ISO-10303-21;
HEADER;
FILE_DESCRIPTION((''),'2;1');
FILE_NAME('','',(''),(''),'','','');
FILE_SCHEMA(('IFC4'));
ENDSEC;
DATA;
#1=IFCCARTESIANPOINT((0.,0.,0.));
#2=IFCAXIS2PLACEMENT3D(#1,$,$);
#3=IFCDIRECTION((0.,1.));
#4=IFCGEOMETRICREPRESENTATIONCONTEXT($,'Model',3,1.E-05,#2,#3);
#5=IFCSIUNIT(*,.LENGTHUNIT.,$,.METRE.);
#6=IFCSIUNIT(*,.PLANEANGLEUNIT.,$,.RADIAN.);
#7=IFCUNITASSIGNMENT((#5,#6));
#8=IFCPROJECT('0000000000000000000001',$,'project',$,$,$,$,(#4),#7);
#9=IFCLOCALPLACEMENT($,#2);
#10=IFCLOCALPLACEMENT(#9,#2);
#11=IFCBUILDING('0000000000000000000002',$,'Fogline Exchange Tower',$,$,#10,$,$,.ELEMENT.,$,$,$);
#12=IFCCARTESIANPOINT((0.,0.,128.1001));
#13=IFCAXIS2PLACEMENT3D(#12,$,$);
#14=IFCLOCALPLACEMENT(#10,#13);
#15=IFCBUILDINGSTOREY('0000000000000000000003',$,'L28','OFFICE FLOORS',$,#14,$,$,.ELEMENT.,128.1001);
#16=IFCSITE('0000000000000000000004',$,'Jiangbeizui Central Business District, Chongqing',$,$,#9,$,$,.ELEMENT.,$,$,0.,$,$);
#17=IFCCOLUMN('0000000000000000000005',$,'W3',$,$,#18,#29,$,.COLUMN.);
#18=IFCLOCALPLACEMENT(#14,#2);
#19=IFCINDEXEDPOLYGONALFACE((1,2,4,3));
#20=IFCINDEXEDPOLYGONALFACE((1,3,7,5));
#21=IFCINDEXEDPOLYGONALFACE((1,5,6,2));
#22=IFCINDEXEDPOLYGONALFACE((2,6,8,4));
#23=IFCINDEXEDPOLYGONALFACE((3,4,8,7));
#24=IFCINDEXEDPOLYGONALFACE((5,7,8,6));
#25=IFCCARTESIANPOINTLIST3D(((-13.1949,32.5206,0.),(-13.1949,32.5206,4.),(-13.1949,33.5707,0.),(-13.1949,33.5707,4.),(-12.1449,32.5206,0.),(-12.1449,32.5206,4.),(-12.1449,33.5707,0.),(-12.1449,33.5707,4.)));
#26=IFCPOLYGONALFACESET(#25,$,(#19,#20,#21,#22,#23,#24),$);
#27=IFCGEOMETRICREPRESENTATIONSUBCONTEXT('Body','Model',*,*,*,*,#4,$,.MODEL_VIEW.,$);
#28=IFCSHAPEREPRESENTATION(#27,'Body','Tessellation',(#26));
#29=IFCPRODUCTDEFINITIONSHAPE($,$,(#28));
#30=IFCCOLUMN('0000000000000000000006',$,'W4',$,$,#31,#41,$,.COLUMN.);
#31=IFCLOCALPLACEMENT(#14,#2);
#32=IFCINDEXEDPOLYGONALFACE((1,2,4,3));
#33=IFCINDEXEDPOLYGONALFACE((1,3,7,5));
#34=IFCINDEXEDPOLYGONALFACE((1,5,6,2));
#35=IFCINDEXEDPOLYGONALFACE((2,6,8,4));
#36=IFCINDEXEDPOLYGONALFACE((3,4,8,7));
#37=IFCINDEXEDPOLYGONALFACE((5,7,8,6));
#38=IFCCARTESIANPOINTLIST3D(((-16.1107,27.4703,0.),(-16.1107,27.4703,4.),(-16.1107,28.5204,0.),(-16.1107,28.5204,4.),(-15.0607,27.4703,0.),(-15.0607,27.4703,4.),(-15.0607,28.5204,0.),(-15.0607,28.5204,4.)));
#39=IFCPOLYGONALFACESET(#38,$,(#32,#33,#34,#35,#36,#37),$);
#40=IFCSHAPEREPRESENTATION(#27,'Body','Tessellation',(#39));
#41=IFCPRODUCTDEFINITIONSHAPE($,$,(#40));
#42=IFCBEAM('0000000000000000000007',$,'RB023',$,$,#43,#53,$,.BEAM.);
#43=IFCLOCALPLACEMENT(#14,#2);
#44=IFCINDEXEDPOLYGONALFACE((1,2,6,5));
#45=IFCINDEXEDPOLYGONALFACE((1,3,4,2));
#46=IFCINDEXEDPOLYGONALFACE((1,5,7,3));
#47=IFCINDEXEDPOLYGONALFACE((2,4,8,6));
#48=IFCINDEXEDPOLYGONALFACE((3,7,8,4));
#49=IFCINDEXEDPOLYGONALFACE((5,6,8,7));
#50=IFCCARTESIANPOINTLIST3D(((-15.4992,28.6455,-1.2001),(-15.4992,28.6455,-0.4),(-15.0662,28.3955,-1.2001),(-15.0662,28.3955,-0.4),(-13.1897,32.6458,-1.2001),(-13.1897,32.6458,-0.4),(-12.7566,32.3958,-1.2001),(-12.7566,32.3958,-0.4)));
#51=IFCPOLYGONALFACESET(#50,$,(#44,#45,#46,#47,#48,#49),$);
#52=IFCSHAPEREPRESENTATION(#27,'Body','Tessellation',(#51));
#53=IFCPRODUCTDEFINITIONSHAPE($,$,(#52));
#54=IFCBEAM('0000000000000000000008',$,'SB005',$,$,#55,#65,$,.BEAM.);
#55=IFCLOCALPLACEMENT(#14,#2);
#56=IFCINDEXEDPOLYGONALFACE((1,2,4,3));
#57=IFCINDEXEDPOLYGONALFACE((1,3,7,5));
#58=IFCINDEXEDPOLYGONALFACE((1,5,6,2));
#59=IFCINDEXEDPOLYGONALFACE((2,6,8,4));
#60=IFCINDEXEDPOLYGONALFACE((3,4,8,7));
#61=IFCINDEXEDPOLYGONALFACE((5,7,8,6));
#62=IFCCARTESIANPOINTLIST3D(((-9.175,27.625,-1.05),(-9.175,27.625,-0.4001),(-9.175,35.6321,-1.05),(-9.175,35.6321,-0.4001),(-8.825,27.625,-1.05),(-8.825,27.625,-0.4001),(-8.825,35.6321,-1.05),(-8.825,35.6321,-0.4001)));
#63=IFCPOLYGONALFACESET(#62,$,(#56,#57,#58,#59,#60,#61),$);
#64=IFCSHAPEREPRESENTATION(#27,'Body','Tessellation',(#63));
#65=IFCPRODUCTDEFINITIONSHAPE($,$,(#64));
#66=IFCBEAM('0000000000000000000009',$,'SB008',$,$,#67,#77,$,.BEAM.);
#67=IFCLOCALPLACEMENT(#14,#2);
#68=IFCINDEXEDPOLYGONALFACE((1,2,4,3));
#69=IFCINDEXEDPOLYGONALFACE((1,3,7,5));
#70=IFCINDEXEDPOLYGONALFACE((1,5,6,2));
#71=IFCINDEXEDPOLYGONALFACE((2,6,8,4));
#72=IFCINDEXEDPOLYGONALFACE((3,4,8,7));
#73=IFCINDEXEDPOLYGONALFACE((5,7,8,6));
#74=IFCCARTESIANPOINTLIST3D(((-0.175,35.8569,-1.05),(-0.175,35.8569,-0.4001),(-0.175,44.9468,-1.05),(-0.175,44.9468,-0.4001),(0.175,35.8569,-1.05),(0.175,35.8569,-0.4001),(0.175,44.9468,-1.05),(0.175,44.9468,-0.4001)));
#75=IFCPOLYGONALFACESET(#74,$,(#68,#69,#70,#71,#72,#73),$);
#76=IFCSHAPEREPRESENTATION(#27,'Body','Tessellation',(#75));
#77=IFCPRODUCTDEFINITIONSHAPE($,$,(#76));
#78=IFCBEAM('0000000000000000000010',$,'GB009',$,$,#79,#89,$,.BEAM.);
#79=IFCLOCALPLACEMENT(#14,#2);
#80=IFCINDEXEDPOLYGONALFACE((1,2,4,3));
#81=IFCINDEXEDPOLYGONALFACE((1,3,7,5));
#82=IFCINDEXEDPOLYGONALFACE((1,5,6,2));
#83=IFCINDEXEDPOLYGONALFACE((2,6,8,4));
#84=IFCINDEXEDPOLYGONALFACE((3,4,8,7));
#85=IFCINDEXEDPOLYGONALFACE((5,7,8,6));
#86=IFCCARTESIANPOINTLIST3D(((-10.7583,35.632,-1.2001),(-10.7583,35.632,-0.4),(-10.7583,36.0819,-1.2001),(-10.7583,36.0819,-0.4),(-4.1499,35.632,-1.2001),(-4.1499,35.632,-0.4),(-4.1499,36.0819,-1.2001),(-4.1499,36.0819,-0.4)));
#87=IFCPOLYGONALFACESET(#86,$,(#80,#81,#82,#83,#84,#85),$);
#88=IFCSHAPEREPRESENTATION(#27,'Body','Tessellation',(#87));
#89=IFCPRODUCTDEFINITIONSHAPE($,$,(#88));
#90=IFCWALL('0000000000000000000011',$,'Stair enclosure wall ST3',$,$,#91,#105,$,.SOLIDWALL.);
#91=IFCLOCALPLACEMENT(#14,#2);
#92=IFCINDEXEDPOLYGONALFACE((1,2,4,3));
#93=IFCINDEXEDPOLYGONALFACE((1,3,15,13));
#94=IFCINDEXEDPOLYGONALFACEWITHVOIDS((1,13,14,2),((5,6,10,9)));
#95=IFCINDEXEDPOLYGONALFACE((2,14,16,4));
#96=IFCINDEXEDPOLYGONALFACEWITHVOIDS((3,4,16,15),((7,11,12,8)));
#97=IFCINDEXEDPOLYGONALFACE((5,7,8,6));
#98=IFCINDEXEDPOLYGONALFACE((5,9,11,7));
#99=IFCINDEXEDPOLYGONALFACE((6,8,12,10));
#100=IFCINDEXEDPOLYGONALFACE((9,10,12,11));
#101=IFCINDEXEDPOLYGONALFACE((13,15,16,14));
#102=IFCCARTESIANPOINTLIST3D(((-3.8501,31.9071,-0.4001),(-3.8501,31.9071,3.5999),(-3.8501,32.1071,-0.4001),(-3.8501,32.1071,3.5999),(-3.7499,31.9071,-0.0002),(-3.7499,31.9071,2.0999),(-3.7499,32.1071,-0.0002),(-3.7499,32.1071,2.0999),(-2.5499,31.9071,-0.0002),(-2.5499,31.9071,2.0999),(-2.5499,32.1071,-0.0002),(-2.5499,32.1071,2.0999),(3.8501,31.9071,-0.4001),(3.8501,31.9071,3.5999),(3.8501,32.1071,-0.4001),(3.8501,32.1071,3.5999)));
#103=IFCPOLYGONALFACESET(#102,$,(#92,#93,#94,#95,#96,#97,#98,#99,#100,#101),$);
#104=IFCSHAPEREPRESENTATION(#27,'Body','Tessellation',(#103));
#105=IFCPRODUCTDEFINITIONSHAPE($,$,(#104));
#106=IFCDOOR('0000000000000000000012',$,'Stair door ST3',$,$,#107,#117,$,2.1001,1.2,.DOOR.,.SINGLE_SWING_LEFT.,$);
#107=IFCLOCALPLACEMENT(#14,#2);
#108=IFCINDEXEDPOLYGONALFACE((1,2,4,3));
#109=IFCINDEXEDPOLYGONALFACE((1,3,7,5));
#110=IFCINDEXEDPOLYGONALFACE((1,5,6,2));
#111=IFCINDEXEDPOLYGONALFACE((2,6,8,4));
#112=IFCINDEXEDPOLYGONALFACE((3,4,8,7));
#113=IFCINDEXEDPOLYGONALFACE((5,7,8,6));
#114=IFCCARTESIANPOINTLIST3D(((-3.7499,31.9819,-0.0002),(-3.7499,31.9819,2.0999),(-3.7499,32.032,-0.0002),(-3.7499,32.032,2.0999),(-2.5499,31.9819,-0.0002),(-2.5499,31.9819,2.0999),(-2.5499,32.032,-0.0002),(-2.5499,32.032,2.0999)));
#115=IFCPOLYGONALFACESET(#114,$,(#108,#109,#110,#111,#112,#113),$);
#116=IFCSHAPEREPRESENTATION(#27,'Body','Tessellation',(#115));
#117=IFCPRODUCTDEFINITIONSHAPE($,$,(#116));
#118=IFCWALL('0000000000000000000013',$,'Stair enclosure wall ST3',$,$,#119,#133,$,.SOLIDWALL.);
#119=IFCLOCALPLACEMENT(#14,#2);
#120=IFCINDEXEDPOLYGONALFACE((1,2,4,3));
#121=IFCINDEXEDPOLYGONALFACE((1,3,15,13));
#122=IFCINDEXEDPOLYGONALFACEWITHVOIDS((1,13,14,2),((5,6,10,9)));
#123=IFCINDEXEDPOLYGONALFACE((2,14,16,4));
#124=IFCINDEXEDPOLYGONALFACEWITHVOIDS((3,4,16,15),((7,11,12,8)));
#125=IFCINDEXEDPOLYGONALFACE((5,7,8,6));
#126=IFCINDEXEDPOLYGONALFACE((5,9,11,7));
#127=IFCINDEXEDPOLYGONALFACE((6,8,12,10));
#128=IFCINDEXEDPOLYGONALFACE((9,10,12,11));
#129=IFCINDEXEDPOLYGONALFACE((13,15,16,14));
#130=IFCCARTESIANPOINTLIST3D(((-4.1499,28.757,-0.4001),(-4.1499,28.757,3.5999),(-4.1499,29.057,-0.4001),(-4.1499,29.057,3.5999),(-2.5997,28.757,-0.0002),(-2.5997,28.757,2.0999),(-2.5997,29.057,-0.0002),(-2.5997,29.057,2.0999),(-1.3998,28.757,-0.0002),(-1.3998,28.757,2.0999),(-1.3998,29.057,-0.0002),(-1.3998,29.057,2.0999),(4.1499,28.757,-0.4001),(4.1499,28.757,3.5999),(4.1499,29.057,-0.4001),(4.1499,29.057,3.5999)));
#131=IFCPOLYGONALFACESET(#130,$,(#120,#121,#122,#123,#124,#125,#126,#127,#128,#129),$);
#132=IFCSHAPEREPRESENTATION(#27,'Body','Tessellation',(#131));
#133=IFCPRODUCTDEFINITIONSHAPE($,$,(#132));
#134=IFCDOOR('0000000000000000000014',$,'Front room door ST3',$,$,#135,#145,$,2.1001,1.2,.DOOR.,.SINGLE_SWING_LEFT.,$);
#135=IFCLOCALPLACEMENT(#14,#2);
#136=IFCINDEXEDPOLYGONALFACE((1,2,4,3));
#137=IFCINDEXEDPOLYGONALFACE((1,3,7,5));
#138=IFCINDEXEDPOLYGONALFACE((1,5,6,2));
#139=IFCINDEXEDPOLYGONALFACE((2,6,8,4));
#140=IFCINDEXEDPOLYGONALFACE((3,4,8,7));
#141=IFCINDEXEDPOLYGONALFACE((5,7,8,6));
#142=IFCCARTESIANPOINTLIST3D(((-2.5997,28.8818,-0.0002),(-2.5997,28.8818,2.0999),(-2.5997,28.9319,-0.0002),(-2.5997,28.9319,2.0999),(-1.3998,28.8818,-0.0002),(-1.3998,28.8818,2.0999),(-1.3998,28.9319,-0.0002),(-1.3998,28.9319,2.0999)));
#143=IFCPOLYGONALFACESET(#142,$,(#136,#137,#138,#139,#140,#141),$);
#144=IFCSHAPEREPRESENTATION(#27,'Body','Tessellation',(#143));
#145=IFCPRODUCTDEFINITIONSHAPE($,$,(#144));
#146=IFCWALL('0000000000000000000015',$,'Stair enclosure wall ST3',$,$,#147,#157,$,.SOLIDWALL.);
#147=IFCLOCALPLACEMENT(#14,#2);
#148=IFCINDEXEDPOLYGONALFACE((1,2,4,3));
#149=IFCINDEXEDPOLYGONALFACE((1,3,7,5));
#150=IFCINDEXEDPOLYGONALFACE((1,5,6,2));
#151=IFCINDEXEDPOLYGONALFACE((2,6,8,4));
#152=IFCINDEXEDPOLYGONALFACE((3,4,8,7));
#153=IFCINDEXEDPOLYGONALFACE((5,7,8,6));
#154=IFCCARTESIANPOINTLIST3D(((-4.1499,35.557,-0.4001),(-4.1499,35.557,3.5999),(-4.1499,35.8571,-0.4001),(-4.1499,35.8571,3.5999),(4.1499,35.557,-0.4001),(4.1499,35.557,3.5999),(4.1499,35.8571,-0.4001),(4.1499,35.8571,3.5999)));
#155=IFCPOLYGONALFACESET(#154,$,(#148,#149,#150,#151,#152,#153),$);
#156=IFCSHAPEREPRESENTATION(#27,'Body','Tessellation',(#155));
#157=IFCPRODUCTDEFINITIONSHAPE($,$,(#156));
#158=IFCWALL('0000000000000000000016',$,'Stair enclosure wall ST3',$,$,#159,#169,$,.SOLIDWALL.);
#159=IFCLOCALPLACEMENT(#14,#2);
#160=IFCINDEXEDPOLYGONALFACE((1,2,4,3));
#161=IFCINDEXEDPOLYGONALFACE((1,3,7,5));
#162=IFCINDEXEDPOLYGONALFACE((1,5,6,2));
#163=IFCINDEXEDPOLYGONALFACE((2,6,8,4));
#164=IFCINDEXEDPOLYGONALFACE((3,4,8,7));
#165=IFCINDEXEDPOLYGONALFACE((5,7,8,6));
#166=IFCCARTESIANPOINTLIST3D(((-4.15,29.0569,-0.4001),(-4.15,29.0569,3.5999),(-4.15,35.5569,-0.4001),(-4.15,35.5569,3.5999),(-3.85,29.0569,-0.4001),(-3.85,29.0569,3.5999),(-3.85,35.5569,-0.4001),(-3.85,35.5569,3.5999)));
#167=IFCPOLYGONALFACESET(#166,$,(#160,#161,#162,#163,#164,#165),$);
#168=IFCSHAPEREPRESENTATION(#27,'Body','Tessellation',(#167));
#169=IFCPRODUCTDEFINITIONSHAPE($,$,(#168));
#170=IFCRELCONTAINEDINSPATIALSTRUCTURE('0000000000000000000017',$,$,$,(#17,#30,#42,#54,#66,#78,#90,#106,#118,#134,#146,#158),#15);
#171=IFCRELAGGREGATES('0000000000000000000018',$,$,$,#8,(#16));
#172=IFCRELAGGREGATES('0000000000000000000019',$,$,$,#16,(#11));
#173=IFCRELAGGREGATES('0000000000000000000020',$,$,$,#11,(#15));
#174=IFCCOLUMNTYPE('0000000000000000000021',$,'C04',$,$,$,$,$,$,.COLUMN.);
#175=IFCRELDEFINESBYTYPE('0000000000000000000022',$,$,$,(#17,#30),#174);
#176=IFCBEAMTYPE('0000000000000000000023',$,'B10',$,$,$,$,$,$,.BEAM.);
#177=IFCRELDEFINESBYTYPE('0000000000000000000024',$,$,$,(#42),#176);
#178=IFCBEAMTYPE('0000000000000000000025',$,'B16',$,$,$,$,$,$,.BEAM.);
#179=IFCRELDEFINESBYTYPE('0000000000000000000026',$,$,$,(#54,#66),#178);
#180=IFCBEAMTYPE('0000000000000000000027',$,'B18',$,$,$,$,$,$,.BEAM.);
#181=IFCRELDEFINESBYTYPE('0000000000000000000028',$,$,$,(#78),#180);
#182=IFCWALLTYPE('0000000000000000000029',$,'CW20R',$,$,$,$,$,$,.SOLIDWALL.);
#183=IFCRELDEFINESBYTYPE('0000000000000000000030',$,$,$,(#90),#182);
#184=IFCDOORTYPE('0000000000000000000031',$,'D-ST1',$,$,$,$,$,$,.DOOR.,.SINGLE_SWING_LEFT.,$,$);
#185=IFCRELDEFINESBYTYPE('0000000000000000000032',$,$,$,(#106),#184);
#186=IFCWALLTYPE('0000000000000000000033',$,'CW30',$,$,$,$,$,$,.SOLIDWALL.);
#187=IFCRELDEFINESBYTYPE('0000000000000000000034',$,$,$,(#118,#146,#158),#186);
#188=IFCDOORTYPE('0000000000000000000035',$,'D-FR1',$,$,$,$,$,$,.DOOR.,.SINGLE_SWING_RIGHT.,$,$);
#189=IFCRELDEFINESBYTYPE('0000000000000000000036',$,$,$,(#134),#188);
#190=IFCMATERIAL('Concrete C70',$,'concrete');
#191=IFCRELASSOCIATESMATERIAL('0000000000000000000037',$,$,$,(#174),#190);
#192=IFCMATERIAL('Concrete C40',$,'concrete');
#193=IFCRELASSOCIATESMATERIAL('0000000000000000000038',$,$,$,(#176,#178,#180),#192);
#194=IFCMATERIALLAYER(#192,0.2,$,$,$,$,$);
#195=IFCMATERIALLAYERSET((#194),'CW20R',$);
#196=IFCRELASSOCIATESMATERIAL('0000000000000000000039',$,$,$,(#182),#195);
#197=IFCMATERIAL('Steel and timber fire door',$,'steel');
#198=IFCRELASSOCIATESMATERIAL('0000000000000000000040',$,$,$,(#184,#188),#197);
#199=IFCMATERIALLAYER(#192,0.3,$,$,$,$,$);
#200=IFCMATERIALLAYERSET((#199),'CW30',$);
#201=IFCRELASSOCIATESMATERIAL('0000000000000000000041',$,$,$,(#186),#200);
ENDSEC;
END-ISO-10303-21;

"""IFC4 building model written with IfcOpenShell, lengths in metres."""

from ifc_helpers import new_model, si_unit, direction, frame, frame_2d, origin, origin_2d, place, context, subcontext, project, spatial, rectangle, extrude, material, layer, layer_set, material_profile, profile_set, type_object, element, fill, save


model = new_model("IFC4")

# Units and contexts
model_context = context("Model", 3, precision=1e-05, world=origin(), true_north=direction((0.0, 1.0)))
body_context = subcontext(model_context, "Body", "Model", "MODEL_VIEW")
ifc_project = project(units=[si_unit("LENGTHUNIT", "METRE"), si_unit("PLANEANGLEUNIT", "RADIAN")], contexts=[model_context])

# Site, building, storey
site_placement = place(None, origin())
site = spatial("IfcSite", under=ifc_project, at=site_placement, Name="Jiangbeizui Central Business District, Chongqing", CompositionType="ELEMENT", RefElevation=0.0)
building_placement = place(site_placement, origin())
building = spatial("IfcBuilding", under=site, at=building_placement, Name="Fogline Exchange Tower", CompositionType="ELEMENT")
storey_placement = place(building_placement, frame((0.0, 0.0, 128.1001)))
storey = spatial("IfcBuildingStorey", under=building, at=storey_placement, Name="L28", Description="OFFICE FLOORS", CompositionType="ELEMENT", Elevation=128.1001)

# Columns
ifc_material_1 = material(Name="Concrete C70", Category="concrete")
ifc_material_profile_1 = material_profile(ifc_material_1, rectangle(XDim=1.05, YDim=1.05, at=origin_2d()), Name="RC 1050x1050")
ifc_profile_set_1 = profile_set([ifc_material_profile_1], Name="Concrete C70")
column_type = type_object("IfcColumnType", Name="C04", PredefinedType="COLUMN", material=ifc_profile_set_1)
for number, where, z_axis, x_axis, name in (
    (1, (-12.6699, 33.0457, 0.0), (0.0, 0.0, 1.0), (1.0, 0.0, 0.0), "W3"),
    (2, (-15.5857, 27.9954, 0.0), (0.0, 0.0, 1.0), (1.0, 0.0, 0.0), "W4"),
):
    element("IfcColumn", number, at=place(storey_placement, frame(where, z_axis=z_axis, x_axis=x_axis)), inside=storey, type_object=column_type, Name=name, PredefinedType="COLUMN", context=body_context, shape_type="SweptSolid", body=[
        extrude(rectangle(XDim=1.05, YDim=1.05, at=origin_2d()), origin(), (0.0, 0.0, 1.0), 4.0),
    ])

# Beams
ifc_material_2 = material(Name="Concrete C40", Category="concrete")
ifc_material_profile_2 = material_profile(ifc_material_2, rectangle(XDim=0.5, YDim=0.8, at=origin_2d()), Name="RC 500x800")
ifc_profile_set_2 = profile_set([ifc_material_profile_2], Name="Concrete C40")
beam_type_1 = type_object("IfcBeamType", Name="B10", PredefinedType="BEAM", material=ifc_profile_set_2)
beam_1_placement = place(storey_placement, frame((-12.9731, 32.5208, -0.8), z_axis=(-0.500005, -0.866023, 0.0), x_axis=(0.866023, -0.500005, 0.0)))
element("IfcBeam", 3, at=beam_1_placement, inside=storey, type_object=beam_type_1, Name="RB023", PredefinedType="BEAM", context=body_context, shape_type="SweptSolid", body=[
    extrude(rectangle(XDim=0.5, YDim=0.8, at=origin_2d()), origin(), (0.0, 0.0, 1.0), 4.6191),
])
ifc_material_profile_3 = material_profile(ifc_material_2, rectangle(XDim=0.3501, YDim=0.6499, at=origin_2d()), Name="RC 350x650")
ifc_profile_set_3 = profile_set([ifc_material_profile_3], Name="Concrete C40")
beam_type_2 = type_object("IfcBeamType", Name="B16", PredefinedType="BEAM", material=ifc_profile_set_3)
beam_2_placement = place(storey_placement, frame((-9.0, 27.625, -0.7251), z_axis=(0.0, 1.0, 0.0), x_axis=(-1.0, 0.0, 0.0)))
element("IfcBeam", 4, at=beam_2_placement, inside=storey, type_object=beam_type_2, Name="SB005", PredefinedType="BEAM", context=body_context, shape_type="SweptSolid", body=[
    extrude(rectangle(XDim=0.3501, YDim=0.6499, at=origin_2d()), origin(), (0.0, 0.0, 1.0), 8.0071),
])
beam_3_placement = place(storey_placement, frame((0.0, 35.8569, -0.7251), z_axis=(0.0, 1.0, 0.0), x_axis=(-1.0, 0.0, 0.0)))
element("IfcBeam", 5, at=beam_3_placement, inside=storey, type_object=beam_type_2, Name="SB008", PredefinedType="BEAM", context=body_context, shape_type="SweptSolid", body=[
    extrude(rectangle(XDim=0.3501, YDim=0.6499, at=origin_2d()), origin(), (0.0, 0.0, 1.0), 9.0898),
])
ifc_material_profile_4 = material_profile(ifc_material_2, rectangle(XDim=0.45, YDim=0.8, at=origin_2d()), Name="RC 450x800")
ifc_profile_set_4 = profile_set([ifc_material_profile_4], Name="Concrete C40")
beam_type_3 = type_object("IfcBeamType", Name="B18", PredefinedType="BEAM", material=ifc_profile_set_4)
beam_4_placement = place(storey_placement, frame((-10.7583, 35.8569, -0.8), z_axis=(1.0, 0.0, 0.0), x_axis=(0.0, 1.0, 0.0)))
element("IfcBeam", 6, at=beam_4_placement, inside=storey, type_object=beam_type_3, Name="GB009", PredefinedType="BEAM", context=body_context, shape_type="SweptSolid", body=[
    extrude(rectangle(XDim=0.45, YDim=0.8, at=origin_2d()), origin(), (0.0, 0.0, 1.0), 6.6084),
])

# Walls, openings, doors
ifc_layer_1 = layer(ifc_material_2, 0.2)
ifc_layer_set_1 = layer_set([ifc_layer_1], Name="CW20R")
wall_type_1 = type_object("IfcWallType", Name="CW20R", PredefinedType="SOLIDWALL", material=ifc_layer_set_1)
wall_1_placement = place(storey_placement, frame((-3.8501, 32.0071, -0.4001), z_axis=(0.0, 0.0, 1.0), x_axis=(1.0, 0.0, 0.0)))
wall_1 = element("IfcWall", 7, at=wall_1_placement, inside=storey, type_object=wall_type_1, Name="Stair enclosure wall ST3", PredefinedType="SOLIDWALL", context=body_context, shape_type="SweptSolid", body=[
    extrude(rectangle(XDim=7.7002, YDim=0.2, at=frame_2d((3.8501, 0.0))), origin(), (0.0, 0.0, 1.0), 4.0),
])
opening_1_placement = place(wall_1_placement, frame((0.1001, 0.0, 0.3999)))
opening_1 = element("IfcOpeningElement", 8, at=opening_1_placement, cuts=wall_1, PredefinedType="OPENING", context=body_context, shape_type="SweptSolid", body=[
    extrude(rectangle(XDim=1.2, YDim=2.1001, at=frame_2d((0.6001, 1.05))), frame((0.0, 0.1099, 0.0), z_axis=(0.0, -1.0, 0.0), x_axis=(1.0, 0.0, 0.0)), (0.0, 0.0, 1.0), 0.22),
])
ifc_material_3 = material(Name="Steel and timber fire door", Category="steel")
door_type_1 = type_object("IfcDoorType", Name="D-ST1", OperationType="SINGLE_SWING_LEFT", PredefinedType="DOOR", material=ifc_material_3)
door_1_placement = place(opening_1_placement, origin())
door_1 = element("IfcDoor", 9, at=door_1_placement, inside=storey, type_object=door_type_1, Name="Stair door ST3", OperationType="SINGLE_SWING_LEFT", OverallHeight=2.1001, OverallWidth=1.2, PredefinedType="DOOR", context=body_context, shape_type="SweptSolid", body=[
    extrude(rectangle(XDim=1.2, YDim=2.1001, at=frame_2d((0.6001, 1.05))), frame((0.0, 0.0249, 0.0), z_axis=(0.0, -1.0, 0.0), x_axis=(1.0, 0.0, 0.0)), (0.0, 0.0, 1.0), 0.05),
])
fill(opening_1, door_1)
ifc_layer_2 = layer(ifc_material_2, 0.3)
ifc_layer_set_2 = layer_set([ifc_layer_2], Name="CW30")
wall_type_2 = type_object("IfcWallType", Name="CW30", PredefinedType="SOLIDWALL", material=ifc_layer_set_2)
wall_2_placement = place(storey_placement, frame((-4.1499, 28.907, -0.4001), z_axis=(0.0, 0.0, 1.0), x_axis=(1.0, 0.0, 0.0)))
wall_2 = element("IfcWall", 10, at=wall_2_placement, inside=storey, type_object=wall_type_2, Name="Stair enclosure wall ST3", PredefinedType="SOLIDWALL", context=body_context, shape_type="SweptSolid", body=[
    extrude(rectangle(XDim=8.2998, YDim=0.3, at=frame_2d((4.1499, 0.0))), origin(), (0.0, 0.0, 1.0), 4.0),
])
opening_2_placement = place(wall_2_placement, frame((1.55, 0.0, 0.3999)))
opening_2 = element("IfcOpeningElement", 11, at=opening_2_placement, cuts=wall_2, PredefinedType="OPENING", context=body_context, shape_type="SweptSolid", body=[
    extrude(rectangle(XDim=1.2, YDim=2.1001, at=frame_2d((0.6001, 1.05))), frame((0.0, 0.1602, 0.0), z_axis=(0.0, -1.0, 0.0), x_axis=(1.0, 0.0, 0.0)), (0.0, 0.0, 1.0), 0.3201),
])
door_type_2 = type_object("IfcDoorType", Name="D-FR1", OperationType="SINGLE_SWING_RIGHT", PredefinedType="DOOR", material=ifc_material_3)
door_2_placement = place(opening_2_placement, origin())
door_2 = element("IfcDoor", 12, at=door_2_placement, inside=storey, type_object=door_type_2, Name="Front room door ST3", OperationType="SINGLE_SWING_LEFT", OverallHeight=2.1001, OverallWidth=1.2, PredefinedType="DOOR", context=body_context, shape_type="SweptSolid", body=[
    extrude(rectangle(XDim=1.2, YDim=2.1001, at=frame_2d((0.6001, 1.05))), frame((0.0, 0.0249, 0.0), z_axis=(0.0, -1.0, 0.0), x_axis=(1.0, 0.0, 0.0)), (0.0, 0.0, 1.0), 0.05),
])
fill(opening_2, door_2)

# Walls
wall_3_placement = place(storey_placement, frame((-4.1499, 35.707, -0.4001), z_axis=(0.0, 0.0, 1.0), x_axis=(1.0, 0.0, 0.0)))
element("IfcWall", 13, at=wall_3_placement, inside=storey, type_object=wall_type_2, Name="Stair enclosure wall ST3", PredefinedType="SOLIDWALL", context=body_context, shape_type="SweptSolid", body=[
    extrude(rectangle(XDim=8.2998, YDim=0.3, at=frame_2d((4.1499, 0.0))), origin(), (0.0, 0.0, 1.0), 4.0),
])
wall_4_placement = place(storey_placement, frame((-4.0, 29.0569, -0.4001), z_axis=(0.0, 0.0, 1.0), x_axis=(0.0, 1.0, 0.0)))
element("IfcWall", 14, at=wall_4_placement, inside=storey, type_object=wall_type_2, Name="Stair enclosure wall ST3", PredefinedType="SOLIDWALL", context=body_context, shape_type="SweptSolid", body=[
    extrude(rectangle(XDim=6.5, YDim=0.3, at=frame_2d((3.25, 0.0))), origin(), (0.0, 0.0, 1.0), 4.0),
])

save(model, "model.ifc")
